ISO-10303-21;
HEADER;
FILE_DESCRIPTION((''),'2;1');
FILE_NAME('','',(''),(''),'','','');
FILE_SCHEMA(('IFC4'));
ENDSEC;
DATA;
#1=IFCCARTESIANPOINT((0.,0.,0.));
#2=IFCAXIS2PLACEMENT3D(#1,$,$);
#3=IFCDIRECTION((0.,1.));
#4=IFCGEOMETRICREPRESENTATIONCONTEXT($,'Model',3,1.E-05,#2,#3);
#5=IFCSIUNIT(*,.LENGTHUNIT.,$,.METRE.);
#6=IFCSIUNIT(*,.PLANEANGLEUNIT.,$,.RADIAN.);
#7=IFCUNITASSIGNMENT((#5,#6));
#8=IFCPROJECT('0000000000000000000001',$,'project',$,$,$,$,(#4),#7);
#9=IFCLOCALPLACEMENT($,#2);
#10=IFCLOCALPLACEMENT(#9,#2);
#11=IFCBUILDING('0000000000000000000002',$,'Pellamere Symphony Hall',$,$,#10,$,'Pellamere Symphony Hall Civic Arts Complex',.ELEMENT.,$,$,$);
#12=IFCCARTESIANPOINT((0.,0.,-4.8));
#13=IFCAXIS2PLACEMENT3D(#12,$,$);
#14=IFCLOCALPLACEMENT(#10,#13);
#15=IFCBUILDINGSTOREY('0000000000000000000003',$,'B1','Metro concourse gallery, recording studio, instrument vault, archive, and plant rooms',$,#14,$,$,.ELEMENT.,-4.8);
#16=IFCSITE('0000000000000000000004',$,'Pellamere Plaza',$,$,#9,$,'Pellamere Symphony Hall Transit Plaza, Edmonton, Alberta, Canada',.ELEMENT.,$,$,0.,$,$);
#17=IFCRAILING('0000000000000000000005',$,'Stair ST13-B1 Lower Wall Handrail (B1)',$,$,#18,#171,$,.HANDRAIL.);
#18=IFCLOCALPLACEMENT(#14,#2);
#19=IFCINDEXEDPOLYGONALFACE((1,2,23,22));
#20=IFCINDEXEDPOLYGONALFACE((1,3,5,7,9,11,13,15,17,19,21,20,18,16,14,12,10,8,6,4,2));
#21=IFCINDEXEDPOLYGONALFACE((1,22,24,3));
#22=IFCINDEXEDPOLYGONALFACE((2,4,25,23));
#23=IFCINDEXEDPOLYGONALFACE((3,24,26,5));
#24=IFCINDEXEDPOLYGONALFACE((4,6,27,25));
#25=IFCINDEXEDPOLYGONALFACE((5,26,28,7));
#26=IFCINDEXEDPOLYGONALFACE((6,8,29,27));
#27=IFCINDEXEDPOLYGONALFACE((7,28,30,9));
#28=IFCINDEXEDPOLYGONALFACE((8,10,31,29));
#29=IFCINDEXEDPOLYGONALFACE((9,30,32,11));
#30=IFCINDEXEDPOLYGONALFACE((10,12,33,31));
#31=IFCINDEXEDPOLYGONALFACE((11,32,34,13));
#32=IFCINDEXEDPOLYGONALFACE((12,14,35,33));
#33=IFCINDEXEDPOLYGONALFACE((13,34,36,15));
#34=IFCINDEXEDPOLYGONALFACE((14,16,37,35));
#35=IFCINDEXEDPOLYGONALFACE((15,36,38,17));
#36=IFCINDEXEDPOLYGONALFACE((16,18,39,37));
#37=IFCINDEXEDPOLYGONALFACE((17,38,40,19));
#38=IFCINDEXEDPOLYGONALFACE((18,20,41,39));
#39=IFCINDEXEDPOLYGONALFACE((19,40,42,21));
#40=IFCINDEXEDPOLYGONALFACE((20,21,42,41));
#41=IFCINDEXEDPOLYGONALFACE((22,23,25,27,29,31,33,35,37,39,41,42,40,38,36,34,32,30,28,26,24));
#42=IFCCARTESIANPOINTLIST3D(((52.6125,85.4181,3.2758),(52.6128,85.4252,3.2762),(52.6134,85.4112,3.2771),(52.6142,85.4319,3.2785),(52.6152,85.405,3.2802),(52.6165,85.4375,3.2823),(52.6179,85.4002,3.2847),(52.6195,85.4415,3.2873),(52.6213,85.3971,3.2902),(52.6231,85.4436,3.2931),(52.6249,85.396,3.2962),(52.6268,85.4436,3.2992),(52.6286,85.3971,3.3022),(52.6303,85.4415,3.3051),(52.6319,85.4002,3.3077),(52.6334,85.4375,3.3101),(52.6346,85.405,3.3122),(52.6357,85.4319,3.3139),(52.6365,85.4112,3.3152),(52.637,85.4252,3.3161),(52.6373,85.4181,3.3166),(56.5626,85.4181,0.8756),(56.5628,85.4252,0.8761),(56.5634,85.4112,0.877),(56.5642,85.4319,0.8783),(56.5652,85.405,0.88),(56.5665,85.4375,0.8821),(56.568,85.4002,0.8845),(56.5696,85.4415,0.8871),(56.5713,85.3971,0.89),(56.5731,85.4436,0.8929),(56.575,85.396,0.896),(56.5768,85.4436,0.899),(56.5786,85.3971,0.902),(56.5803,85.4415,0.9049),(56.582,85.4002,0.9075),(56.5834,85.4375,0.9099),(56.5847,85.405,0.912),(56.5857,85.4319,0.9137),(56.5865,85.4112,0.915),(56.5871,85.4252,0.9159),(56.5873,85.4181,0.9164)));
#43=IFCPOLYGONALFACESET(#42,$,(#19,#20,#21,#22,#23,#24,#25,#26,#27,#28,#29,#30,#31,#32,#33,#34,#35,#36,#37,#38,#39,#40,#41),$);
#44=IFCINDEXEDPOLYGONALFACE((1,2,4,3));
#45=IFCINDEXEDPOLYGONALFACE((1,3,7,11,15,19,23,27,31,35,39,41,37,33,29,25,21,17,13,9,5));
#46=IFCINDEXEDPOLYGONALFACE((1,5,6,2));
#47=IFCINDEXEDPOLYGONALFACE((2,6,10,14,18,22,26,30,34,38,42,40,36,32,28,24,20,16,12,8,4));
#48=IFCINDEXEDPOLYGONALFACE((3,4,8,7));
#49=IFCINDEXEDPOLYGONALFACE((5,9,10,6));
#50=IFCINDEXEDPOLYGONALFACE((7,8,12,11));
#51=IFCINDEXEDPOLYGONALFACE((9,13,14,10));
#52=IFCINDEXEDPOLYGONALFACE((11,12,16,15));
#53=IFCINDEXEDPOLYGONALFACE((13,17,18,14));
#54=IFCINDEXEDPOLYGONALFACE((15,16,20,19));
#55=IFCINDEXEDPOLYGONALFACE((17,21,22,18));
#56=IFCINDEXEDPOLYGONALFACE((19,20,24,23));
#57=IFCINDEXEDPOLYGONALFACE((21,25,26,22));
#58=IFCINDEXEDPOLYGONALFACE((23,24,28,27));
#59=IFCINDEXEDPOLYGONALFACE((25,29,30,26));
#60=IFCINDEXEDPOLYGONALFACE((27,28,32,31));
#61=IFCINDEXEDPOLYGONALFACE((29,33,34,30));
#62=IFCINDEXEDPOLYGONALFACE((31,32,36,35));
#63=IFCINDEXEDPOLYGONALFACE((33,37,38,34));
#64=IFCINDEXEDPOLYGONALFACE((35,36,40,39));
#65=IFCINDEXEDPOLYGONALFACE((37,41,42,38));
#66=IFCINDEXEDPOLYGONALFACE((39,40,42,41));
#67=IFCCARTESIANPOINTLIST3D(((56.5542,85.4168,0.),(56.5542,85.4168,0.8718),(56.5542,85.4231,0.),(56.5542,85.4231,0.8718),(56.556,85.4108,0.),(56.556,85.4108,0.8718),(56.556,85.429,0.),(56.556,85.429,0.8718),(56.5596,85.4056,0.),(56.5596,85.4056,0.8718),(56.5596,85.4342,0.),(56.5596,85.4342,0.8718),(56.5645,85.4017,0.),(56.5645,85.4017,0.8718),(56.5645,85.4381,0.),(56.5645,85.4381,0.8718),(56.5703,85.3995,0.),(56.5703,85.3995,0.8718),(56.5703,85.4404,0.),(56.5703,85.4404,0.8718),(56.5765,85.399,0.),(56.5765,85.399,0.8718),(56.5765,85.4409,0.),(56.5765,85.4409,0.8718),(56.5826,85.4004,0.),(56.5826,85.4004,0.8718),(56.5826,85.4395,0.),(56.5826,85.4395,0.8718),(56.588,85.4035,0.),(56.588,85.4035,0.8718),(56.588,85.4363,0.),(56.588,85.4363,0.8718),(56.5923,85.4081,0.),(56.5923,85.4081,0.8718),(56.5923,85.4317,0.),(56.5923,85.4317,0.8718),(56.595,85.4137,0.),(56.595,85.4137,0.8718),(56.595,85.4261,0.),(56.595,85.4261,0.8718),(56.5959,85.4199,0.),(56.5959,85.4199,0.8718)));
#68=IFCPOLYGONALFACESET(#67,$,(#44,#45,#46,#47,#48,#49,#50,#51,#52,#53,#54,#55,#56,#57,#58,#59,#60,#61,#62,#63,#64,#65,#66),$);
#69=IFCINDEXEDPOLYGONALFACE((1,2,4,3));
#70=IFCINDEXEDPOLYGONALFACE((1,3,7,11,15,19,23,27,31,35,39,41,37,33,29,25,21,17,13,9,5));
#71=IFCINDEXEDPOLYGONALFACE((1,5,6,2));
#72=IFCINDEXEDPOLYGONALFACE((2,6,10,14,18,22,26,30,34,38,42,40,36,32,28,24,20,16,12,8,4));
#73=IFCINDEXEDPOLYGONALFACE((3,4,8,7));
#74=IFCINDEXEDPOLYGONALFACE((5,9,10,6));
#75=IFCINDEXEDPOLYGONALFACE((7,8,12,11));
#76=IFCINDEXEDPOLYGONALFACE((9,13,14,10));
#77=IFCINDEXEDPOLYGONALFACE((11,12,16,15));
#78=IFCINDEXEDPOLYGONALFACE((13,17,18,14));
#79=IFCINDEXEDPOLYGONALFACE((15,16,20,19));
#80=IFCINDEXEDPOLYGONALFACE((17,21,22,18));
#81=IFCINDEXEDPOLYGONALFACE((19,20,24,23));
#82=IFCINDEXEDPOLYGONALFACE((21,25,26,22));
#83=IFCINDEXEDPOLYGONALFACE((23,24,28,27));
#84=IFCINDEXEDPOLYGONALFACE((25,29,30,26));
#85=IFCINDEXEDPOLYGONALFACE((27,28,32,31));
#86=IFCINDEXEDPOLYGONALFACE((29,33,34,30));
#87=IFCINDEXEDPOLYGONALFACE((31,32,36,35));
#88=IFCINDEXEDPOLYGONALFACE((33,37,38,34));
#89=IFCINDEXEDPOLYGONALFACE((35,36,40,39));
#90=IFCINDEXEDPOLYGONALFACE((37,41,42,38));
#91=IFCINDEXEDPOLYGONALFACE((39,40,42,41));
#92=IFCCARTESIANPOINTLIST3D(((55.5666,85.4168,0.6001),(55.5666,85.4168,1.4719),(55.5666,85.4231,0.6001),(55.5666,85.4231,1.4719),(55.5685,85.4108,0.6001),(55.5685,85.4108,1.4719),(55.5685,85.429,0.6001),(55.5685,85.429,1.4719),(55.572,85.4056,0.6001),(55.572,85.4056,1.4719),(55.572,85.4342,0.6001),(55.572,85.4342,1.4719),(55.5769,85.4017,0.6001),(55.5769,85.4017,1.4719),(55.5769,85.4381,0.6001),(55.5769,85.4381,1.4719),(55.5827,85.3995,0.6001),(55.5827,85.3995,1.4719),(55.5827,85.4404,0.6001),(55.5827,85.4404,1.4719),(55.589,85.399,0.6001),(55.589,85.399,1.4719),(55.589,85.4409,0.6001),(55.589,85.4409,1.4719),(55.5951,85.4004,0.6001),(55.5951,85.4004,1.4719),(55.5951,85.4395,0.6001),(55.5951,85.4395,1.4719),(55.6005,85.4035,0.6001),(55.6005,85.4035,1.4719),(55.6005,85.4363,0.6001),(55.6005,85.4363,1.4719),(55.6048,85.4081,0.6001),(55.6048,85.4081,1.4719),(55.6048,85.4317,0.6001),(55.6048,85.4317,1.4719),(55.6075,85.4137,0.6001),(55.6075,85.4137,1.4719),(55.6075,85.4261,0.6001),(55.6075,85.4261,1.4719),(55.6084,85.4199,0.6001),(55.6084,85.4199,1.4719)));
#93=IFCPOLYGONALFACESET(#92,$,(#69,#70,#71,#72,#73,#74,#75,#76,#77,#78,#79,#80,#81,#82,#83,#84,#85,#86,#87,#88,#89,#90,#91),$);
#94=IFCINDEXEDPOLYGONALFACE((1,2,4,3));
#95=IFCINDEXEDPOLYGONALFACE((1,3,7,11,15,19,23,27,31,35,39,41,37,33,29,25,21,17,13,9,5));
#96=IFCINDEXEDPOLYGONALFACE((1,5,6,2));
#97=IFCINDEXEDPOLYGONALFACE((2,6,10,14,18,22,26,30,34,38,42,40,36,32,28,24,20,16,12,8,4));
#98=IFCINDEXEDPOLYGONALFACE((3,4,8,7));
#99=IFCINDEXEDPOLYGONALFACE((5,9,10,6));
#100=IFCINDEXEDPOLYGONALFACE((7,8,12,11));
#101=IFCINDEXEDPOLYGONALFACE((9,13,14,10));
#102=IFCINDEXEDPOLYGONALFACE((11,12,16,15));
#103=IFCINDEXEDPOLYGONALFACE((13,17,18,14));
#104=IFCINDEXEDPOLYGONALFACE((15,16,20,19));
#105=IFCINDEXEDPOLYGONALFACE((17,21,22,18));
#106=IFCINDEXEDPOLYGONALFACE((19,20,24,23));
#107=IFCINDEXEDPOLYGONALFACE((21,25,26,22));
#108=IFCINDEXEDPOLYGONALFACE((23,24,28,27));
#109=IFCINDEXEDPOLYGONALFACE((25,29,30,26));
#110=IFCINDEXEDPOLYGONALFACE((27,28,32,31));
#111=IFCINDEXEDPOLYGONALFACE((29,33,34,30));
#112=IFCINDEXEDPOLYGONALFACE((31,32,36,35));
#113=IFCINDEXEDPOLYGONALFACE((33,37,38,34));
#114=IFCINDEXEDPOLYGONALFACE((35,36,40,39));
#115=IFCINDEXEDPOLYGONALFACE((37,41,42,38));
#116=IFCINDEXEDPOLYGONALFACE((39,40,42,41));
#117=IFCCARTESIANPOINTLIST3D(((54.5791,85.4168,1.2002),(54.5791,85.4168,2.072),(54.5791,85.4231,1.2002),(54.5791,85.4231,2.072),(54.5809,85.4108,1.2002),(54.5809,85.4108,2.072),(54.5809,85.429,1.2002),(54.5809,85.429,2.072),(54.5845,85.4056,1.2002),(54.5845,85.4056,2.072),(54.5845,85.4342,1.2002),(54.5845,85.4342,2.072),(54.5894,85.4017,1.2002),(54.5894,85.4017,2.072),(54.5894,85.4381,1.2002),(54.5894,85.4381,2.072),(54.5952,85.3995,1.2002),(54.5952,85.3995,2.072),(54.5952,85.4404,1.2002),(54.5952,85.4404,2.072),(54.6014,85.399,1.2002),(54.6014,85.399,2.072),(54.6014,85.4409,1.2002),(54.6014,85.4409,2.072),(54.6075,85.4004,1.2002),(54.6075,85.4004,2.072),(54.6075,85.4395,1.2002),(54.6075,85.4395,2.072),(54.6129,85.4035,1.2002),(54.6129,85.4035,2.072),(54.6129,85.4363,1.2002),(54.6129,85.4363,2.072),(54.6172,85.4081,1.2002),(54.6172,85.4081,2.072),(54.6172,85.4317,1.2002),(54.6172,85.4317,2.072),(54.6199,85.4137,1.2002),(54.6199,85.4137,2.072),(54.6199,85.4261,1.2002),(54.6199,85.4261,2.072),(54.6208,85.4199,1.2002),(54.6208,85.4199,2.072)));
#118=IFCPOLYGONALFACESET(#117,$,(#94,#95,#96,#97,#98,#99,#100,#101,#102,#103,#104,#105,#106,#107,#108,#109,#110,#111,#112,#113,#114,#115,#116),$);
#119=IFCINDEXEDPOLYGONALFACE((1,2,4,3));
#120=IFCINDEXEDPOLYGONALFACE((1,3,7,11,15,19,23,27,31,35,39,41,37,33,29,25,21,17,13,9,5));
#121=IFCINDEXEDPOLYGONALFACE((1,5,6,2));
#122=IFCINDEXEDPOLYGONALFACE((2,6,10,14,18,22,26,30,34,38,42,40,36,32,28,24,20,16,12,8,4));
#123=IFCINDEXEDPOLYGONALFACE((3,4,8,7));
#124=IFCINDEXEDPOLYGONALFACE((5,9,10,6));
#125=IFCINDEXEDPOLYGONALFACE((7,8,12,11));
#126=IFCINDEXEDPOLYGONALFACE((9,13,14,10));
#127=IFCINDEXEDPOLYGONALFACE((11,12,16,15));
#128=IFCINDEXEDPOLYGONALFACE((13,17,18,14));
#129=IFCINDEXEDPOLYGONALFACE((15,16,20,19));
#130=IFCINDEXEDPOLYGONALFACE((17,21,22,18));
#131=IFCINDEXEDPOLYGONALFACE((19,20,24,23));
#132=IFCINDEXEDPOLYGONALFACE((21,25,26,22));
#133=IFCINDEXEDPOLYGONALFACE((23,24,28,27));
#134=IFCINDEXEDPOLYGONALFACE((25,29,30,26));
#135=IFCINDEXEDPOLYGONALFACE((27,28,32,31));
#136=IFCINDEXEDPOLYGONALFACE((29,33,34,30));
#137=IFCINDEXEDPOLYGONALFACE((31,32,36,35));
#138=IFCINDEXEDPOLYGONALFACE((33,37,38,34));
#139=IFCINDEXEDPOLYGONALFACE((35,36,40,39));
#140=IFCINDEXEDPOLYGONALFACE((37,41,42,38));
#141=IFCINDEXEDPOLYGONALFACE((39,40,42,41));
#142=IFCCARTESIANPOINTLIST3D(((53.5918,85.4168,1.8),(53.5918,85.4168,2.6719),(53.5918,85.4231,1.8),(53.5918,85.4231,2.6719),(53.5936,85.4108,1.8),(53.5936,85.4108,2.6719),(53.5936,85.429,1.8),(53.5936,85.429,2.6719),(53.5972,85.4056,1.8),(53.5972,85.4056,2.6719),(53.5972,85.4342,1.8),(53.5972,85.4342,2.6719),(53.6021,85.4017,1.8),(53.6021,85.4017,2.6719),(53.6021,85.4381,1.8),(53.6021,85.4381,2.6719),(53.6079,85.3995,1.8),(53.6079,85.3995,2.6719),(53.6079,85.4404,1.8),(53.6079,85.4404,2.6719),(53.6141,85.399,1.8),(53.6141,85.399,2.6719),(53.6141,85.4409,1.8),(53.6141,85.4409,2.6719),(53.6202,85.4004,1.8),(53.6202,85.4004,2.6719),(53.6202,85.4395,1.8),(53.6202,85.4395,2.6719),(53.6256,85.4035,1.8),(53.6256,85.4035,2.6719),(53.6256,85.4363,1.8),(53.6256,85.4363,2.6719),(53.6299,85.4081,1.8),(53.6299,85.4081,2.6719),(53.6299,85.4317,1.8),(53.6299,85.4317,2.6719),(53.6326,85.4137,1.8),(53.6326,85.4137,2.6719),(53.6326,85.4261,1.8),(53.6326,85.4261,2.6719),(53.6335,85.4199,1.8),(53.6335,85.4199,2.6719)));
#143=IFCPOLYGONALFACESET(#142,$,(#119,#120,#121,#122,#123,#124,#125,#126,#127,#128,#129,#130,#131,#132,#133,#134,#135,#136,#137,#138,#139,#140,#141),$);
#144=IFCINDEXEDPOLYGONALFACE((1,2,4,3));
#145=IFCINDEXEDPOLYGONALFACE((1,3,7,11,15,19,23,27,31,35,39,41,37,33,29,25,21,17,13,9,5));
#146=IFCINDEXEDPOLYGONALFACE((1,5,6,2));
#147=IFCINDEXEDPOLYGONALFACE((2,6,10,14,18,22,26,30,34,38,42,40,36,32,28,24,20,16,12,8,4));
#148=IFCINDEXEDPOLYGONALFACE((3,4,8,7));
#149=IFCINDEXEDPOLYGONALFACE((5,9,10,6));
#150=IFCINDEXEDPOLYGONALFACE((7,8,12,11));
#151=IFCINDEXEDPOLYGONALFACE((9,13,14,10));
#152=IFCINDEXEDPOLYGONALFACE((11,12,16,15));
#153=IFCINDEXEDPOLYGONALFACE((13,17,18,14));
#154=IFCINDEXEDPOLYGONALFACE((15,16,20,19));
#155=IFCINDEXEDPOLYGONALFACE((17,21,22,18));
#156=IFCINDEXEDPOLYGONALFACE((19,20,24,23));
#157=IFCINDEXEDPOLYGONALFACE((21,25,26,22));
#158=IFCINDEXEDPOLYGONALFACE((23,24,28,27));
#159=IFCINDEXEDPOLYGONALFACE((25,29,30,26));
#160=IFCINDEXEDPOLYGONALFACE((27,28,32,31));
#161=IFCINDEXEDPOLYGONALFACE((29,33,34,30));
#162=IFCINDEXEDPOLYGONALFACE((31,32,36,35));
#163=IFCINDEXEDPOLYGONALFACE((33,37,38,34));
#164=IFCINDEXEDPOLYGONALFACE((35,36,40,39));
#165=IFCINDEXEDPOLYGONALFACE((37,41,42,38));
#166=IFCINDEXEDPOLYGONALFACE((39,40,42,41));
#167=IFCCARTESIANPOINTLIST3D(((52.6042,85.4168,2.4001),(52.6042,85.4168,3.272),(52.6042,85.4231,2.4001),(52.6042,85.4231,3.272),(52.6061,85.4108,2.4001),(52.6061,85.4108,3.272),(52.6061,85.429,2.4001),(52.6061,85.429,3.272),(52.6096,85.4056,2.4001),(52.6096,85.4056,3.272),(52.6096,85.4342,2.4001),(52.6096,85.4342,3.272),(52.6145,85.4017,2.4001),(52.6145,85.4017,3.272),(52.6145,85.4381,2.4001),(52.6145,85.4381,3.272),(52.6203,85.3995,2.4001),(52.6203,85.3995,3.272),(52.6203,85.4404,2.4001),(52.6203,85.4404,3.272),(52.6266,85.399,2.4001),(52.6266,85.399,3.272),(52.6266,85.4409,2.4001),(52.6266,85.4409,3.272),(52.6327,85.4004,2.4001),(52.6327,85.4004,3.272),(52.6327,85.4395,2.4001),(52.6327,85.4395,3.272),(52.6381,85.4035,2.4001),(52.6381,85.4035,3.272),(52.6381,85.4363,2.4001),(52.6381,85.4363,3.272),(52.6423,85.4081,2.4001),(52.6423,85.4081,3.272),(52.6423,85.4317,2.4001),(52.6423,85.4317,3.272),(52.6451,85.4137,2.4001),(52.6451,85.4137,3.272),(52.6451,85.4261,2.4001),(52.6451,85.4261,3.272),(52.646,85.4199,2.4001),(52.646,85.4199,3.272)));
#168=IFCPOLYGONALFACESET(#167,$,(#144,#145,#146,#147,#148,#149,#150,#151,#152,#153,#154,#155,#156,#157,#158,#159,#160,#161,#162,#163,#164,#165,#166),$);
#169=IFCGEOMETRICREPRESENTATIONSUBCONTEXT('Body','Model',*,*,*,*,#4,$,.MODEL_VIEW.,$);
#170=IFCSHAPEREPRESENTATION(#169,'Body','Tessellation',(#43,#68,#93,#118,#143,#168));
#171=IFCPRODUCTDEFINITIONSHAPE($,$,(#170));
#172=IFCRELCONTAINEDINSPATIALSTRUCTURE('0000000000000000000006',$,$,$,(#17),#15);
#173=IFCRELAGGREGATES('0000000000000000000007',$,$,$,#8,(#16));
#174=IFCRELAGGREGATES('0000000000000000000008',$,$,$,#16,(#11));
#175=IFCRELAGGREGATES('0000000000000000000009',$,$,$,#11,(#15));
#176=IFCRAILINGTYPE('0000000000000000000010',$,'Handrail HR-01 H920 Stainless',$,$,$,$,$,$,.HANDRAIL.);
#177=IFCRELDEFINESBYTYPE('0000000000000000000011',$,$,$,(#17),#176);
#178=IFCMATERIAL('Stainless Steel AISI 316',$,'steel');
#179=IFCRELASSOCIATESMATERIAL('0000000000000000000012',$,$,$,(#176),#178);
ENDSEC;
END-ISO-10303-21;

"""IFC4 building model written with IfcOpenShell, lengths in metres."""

from ifc_helpers import new_model, si_unit, direction, frame, origin, origin_2d, place, context, subcontext, project, spatial, circle, extrude, material, type_object, element, save


model = new_model("IFC4")

# Units and contexts
model_context = context("Model", 3, precision=1e-05, world=origin(), true_north=direction((0.0, 1.0)))
body_context = subcontext(model_context, "Body", "Model", "MODEL_VIEW")
ifc_project = project(units=[si_unit("LENGTHUNIT", "METRE"), si_unit("PLANEANGLEUNIT", "RADIAN")], contexts=[model_context])

# Site, building, storey
site_placement = place(None, origin())
site = spatial("IfcSite", under=ifc_project, at=site_placement, Name="Pellamere Plaza", LongName="Pellamere Symphony Hall Transit Plaza, Edmonton, Alberta, Canada", CompositionType="ELEMENT", RefElevation=0.0)
building_placement = place(site_placement, origin())
building = spatial("IfcBuilding", under=site, at=building_placement, Name="Pellamere Symphony Hall", LongName="Pellamere Symphony Hall Civic Arts Complex", CompositionType="ELEMENT")
storey_placement = place(building_placement, frame((0.0, 0.0, -4.8)))
storey = spatial("IfcBuildingStorey", under=building, at=storey_placement, Name="B1", Description="Metro concourse gallery, recording studio, instrument vault, archive, and plant rooms", CompositionType="ELEMENT", Elevation=-4.8)

# Railing
ifc_material_1 = material(Name="Stainless Steel AISI 316", Category="steel")
railing_type_1 = type_object("IfcRailingType", Name="Handrail HR-01 H920 Stainless", PredefinedType="HANDRAIL", material=ifc_material_1)
railing_1_placement = place(storey_placement, frame((56.575, 85.4199, 0.0)))
element("IfcRailing", 1, at=railing_1_placement, inside=storey, type_object=railing_type_1, Name="Stair ST13-B1 Lower Wall Handrail (B1)", PredefinedType="HANDRAIL", context=body_context, shape_type="SweptSolid", body=[
    extrude(circle(Radius=0.0239, at=origin_2d()), frame((0.0, 0.0, 0.896), z_axis=(-0.854599, 0.0, 0.519288), x_axis=(0.0, -1.0, 0.0)), (0.0, 0.0, 1.0), 4.6221),
    extrude(circle(Radius=0.021, at=origin_2d()), origin(), (0.0, 0.0, 1.0), 0.8718),
    extrude(circle(Radius=0.021, at=origin_2d()), frame((-0.9875, 0.0, 0.6001)), (0.0, 0.0, 1.0), 0.8718),
    extrude(circle(Radius=0.021, at=origin_2d()), frame((-1.9751, 0.0, 1.2002)), (0.0, 0.0, 1.0), 0.8718),
    extrude(circle(Radius=0.021, at=origin_2d()), frame((-2.9624, 0.0, 1.8)), (0.0, 0.0, 1.0), 0.8718),
    extrude(circle(Radius=0.021, at=origin_2d()), frame((-3.95, 0.0, 2.4001)), (0.0, 0.0, 1.0), 0.8718),
])

save(model, "model.ifc")
